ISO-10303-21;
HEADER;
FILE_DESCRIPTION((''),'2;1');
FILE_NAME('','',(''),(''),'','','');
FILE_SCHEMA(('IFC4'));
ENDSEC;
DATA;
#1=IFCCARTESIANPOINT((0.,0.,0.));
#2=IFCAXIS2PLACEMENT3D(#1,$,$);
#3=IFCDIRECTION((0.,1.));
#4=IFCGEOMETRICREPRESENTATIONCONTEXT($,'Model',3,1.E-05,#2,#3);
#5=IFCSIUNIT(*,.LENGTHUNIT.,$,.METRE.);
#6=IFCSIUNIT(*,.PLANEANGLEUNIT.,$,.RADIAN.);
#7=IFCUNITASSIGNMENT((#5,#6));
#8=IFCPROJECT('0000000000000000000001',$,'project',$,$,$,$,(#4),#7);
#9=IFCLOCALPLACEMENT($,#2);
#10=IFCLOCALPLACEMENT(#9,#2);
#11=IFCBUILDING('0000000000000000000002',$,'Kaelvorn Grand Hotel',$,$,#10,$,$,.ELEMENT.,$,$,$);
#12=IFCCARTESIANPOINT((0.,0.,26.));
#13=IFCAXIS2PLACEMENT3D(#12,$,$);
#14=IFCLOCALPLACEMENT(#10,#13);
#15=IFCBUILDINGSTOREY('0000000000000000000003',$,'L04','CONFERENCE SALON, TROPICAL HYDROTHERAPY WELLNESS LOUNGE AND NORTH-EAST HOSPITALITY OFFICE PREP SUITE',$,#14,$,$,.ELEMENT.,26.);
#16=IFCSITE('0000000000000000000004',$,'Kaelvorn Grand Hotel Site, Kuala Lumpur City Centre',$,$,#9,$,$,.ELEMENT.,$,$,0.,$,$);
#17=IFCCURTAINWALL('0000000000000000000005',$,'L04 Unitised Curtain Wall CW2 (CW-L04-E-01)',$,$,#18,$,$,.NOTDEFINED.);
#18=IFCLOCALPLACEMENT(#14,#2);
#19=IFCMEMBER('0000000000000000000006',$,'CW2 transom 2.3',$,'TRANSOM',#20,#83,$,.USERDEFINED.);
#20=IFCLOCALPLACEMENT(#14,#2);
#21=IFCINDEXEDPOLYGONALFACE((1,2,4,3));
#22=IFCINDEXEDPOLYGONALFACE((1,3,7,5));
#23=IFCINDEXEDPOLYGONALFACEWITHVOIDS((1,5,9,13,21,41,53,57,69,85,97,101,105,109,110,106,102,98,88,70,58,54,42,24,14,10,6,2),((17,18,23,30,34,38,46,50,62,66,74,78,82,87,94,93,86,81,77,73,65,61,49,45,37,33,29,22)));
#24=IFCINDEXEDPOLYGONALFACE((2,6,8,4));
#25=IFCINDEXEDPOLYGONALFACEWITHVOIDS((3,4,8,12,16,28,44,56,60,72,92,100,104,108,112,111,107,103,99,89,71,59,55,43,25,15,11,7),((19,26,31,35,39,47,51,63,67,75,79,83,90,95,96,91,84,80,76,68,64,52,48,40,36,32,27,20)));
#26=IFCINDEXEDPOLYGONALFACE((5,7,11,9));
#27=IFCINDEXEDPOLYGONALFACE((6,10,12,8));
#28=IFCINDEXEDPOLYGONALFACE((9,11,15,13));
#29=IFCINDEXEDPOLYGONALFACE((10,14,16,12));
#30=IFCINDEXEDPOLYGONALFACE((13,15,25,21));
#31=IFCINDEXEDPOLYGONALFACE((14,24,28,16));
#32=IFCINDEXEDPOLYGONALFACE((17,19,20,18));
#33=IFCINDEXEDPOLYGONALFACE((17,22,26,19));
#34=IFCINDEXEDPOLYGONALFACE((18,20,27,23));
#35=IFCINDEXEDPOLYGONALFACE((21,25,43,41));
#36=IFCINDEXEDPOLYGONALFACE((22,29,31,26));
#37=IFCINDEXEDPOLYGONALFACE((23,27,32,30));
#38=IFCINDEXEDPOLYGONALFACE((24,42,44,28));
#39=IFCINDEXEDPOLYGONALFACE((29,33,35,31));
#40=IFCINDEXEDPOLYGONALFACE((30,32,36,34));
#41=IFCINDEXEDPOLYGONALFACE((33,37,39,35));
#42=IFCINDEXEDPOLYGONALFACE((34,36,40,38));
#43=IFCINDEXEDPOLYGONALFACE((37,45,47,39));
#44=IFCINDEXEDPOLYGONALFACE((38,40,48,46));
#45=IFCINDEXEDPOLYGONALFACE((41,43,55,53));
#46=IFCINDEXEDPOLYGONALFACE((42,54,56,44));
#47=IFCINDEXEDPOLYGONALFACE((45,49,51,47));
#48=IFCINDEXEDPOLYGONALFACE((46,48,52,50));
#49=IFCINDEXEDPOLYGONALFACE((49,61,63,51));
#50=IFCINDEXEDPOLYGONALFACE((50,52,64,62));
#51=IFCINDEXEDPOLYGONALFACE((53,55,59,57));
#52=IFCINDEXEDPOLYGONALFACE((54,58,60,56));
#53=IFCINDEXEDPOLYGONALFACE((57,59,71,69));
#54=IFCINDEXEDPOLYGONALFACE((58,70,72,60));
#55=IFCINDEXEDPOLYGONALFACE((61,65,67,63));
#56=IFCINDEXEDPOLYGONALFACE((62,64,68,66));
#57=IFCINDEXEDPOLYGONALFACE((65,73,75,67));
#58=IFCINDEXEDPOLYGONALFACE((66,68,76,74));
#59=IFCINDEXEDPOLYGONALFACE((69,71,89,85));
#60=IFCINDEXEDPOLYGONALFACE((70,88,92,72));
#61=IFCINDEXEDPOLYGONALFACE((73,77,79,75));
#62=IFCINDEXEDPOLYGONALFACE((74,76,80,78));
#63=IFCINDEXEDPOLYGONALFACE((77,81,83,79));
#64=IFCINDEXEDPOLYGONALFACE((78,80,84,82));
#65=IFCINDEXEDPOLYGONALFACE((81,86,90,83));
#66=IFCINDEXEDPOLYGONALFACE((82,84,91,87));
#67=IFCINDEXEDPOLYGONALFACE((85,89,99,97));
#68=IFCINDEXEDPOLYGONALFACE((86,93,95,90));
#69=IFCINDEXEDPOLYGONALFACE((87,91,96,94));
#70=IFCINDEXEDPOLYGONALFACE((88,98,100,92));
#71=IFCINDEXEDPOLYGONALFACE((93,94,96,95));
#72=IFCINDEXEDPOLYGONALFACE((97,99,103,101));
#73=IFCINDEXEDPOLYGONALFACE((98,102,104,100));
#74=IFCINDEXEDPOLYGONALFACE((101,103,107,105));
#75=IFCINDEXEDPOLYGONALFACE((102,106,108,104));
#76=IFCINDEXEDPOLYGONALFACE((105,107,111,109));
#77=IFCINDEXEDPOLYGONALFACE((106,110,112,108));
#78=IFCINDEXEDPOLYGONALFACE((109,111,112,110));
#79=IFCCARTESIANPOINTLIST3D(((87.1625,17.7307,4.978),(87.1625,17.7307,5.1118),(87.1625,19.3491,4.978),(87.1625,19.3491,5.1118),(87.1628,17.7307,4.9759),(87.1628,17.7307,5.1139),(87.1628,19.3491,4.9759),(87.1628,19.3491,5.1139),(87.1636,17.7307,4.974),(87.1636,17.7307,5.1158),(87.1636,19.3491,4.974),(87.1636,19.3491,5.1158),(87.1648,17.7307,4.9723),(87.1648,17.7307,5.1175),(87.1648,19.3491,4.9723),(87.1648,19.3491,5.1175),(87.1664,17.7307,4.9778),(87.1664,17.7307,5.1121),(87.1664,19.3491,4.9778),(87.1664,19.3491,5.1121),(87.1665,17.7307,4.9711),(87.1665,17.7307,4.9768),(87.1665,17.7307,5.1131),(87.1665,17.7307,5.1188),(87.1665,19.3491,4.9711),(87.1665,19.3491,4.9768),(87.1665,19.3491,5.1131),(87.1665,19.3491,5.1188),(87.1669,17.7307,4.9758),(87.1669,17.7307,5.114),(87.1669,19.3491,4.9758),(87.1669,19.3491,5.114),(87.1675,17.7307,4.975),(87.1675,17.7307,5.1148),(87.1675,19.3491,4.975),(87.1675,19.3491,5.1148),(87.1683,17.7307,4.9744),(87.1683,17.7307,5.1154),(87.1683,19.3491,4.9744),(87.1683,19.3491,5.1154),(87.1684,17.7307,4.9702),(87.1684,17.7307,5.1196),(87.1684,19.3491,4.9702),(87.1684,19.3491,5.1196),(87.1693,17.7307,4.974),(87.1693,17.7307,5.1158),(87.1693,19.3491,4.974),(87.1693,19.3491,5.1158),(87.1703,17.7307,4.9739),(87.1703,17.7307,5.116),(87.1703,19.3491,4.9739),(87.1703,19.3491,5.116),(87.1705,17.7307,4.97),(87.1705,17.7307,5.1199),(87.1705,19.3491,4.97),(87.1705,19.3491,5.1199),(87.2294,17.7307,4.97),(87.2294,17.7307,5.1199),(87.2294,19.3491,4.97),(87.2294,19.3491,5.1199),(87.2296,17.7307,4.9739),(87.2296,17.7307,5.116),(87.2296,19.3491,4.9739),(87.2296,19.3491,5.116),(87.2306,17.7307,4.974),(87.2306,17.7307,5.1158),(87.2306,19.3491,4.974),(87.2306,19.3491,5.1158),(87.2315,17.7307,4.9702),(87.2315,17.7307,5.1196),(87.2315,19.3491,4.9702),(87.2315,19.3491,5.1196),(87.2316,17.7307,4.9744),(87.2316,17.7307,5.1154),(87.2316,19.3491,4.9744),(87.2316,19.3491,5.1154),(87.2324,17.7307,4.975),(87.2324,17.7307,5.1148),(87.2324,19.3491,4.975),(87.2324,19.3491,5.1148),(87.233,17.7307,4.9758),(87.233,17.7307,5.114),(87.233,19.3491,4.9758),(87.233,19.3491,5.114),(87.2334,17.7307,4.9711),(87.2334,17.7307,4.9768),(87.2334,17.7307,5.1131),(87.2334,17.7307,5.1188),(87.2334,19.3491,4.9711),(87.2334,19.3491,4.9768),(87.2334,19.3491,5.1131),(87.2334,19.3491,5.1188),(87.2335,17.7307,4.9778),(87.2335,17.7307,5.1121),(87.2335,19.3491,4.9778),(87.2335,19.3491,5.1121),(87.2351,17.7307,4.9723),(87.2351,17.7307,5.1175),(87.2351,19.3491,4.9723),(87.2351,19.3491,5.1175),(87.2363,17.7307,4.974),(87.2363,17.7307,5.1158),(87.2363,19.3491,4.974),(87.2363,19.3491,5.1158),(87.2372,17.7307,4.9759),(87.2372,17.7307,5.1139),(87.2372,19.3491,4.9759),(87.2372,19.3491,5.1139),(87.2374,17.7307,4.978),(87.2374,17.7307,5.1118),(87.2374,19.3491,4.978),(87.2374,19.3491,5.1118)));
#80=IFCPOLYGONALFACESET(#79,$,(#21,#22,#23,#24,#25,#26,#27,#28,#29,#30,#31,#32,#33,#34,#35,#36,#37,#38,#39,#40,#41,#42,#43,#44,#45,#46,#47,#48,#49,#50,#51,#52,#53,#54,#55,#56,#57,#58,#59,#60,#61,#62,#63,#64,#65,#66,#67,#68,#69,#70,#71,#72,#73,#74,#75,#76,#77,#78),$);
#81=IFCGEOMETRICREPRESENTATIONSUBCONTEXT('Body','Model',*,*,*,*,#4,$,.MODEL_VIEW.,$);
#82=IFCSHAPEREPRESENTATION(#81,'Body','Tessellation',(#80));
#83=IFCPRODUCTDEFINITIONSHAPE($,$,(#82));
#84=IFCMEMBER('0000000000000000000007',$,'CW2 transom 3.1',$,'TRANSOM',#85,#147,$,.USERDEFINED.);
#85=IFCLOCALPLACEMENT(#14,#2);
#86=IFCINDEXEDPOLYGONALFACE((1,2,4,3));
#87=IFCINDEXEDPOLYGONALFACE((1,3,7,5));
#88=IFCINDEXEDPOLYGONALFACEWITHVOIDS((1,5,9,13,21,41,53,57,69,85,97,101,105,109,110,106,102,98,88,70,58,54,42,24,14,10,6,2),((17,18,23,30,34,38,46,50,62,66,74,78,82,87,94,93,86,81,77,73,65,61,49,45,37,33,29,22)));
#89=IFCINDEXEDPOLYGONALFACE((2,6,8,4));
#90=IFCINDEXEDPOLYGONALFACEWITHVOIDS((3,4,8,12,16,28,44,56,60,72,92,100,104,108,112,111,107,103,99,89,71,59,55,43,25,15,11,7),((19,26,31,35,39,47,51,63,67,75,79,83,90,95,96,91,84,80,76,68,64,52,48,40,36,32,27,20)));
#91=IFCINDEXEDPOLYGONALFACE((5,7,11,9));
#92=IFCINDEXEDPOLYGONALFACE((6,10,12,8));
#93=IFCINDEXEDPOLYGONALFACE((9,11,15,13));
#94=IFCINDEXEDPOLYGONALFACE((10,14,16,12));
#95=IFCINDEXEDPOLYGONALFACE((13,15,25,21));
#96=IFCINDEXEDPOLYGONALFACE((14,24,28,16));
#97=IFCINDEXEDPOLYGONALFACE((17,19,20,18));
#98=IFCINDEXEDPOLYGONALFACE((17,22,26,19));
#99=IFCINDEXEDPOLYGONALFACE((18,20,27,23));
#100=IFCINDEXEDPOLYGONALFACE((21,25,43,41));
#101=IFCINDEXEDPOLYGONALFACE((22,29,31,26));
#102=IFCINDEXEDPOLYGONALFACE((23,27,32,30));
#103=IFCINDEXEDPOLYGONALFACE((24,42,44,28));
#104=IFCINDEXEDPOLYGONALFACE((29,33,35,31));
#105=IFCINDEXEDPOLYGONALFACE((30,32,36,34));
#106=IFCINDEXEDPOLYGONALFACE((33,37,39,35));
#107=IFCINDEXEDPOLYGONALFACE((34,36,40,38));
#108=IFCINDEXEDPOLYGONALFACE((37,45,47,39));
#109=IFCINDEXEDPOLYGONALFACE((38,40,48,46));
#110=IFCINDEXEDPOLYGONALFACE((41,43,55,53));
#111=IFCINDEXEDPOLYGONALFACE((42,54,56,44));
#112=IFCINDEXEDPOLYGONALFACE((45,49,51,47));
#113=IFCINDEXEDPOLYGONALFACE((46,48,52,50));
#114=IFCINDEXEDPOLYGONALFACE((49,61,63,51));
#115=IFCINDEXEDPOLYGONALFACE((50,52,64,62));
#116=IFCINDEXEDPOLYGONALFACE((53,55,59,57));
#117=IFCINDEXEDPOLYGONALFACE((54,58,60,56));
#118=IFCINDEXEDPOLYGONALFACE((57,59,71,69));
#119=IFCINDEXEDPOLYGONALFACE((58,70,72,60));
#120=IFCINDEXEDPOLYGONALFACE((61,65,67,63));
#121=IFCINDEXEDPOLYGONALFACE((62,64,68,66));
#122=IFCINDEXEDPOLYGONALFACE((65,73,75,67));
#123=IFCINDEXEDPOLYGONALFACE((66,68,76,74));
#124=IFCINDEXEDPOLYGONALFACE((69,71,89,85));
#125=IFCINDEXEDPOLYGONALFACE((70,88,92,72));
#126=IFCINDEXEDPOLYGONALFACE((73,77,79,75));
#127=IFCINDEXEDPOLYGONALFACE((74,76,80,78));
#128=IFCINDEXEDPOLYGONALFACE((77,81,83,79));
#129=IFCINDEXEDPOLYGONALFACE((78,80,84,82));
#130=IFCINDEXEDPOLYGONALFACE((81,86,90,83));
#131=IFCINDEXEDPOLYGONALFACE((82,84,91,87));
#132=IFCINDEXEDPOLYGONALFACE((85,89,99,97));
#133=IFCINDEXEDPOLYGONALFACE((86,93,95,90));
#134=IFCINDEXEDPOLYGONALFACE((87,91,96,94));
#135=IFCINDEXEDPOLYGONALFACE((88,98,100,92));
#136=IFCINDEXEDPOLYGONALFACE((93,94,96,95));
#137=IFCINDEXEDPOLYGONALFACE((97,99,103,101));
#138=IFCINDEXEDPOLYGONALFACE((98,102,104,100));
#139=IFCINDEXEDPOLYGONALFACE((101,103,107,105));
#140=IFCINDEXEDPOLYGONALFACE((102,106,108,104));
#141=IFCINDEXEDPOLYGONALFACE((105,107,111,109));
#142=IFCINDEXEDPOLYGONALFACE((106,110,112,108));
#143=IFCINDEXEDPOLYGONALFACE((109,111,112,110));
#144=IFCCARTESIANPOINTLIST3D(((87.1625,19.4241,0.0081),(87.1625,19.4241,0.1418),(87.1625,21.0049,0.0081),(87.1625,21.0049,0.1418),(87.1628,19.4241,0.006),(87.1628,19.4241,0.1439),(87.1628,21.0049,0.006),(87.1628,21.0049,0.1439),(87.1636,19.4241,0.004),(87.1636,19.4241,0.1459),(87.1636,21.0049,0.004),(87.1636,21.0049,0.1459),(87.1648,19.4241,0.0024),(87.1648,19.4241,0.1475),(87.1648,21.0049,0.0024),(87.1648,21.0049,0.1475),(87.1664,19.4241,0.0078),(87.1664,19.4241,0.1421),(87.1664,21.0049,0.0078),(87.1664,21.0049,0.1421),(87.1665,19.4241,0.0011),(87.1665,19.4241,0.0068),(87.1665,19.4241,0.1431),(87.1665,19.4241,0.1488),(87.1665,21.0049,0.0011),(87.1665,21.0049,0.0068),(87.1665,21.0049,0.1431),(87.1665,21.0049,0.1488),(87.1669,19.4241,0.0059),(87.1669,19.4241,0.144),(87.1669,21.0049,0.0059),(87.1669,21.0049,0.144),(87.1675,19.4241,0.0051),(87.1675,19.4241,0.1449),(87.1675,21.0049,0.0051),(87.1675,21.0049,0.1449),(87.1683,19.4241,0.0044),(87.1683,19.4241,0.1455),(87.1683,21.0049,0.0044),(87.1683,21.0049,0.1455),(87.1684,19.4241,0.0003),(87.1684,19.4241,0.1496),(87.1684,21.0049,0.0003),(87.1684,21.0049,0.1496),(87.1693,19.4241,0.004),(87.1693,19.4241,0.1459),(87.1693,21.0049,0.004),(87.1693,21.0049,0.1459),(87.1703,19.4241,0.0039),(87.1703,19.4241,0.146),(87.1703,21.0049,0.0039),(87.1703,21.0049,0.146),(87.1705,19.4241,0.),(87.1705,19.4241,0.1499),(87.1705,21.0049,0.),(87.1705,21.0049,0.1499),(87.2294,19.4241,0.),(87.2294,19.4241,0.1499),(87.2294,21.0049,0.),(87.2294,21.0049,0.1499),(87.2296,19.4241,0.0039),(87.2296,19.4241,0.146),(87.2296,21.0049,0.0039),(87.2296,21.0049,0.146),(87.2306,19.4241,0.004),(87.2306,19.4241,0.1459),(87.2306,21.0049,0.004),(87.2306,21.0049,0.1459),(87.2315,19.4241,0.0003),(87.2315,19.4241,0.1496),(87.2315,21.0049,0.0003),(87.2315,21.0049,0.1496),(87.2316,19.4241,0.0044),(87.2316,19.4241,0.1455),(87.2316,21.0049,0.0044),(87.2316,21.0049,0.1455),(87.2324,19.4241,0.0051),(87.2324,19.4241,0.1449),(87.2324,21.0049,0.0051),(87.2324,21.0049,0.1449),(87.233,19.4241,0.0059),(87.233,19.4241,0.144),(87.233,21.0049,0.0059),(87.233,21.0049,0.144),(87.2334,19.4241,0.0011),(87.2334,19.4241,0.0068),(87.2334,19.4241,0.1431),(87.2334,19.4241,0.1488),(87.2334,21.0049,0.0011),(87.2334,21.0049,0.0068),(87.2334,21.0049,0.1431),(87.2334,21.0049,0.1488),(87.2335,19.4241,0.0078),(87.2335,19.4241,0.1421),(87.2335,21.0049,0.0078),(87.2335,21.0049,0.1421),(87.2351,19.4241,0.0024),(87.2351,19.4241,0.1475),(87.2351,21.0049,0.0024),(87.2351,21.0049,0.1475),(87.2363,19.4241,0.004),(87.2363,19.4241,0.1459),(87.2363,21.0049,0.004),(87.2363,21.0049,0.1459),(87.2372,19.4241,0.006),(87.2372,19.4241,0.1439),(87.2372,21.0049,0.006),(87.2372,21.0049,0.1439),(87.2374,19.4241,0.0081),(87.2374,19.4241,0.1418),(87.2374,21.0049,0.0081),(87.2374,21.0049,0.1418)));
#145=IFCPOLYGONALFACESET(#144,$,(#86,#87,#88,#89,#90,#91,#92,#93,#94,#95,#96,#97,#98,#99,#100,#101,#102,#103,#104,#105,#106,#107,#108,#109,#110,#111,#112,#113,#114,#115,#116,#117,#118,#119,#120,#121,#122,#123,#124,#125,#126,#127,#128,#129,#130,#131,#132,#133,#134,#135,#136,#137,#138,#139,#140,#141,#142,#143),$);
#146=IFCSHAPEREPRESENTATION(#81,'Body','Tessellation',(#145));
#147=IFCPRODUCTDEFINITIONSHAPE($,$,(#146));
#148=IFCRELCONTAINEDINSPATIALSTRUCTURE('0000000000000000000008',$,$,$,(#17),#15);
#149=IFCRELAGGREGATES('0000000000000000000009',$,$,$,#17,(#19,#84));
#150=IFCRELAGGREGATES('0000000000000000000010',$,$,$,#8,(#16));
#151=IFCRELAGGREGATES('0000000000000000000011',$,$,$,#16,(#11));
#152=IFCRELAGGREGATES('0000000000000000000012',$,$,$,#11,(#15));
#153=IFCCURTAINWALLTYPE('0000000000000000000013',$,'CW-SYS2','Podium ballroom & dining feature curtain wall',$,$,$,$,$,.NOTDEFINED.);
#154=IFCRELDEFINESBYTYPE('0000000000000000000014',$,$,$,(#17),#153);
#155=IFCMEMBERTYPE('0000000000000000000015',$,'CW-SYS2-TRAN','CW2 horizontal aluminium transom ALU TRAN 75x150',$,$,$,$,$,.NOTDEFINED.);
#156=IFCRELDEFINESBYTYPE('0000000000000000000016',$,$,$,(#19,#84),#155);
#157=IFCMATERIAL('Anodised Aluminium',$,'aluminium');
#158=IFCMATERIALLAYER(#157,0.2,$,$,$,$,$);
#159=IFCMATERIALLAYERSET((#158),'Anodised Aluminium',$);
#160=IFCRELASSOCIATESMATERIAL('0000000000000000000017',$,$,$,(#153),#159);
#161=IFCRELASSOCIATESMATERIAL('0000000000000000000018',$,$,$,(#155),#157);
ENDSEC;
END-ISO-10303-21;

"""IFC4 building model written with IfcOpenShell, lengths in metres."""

from ifc_helpers import new_model, si_unit, direction, frame, origin, origin_2d, place, context, subcontext, project, spatial, hollow_rectangle, extrude, material, layer, layer_set, material_profile, profile_set, type_object, element, aggregate, save


model = new_model("IFC4")

# Units and contexts
model_context = context("Model", 3, precision=1e-05, world=origin(), true_north=direction((0.0, 1.0)))
body_context = subcontext(model_context, "Body", "Model", "MODEL_VIEW")
ifc_project = project(units=[si_unit("LENGTHUNIT", "METRE"), si_unit("PLANEANGLEUNIT", "RADIAN")], contexts=[model_context])

# Site, building, storey
site_placement = place(None, origin())
site = spatial("IfcSite", under=ifc_project, at=site_placement, Name="Kaelvorn Grand Hotel Site, Kuala Lumpur City Centre", CompositionType="ELEMENT", RefElevation=0.0)
building_placement = place(site_placement, origin())
building = spatial("IfcBuilding", under=site, at=building_placement, Name="Kaelvorn Grand Hotel", CompositionType="ELEMENT")
storey_placement = place(building_placement, frame((0.0, 0.0, 26.0)))
storey = spatial("IfcBuildingStorey", under=building, at=storey_placement, Name="L04", Description="CONFERENCE SALON, TROPICAL HYDROTHERAPY WELLNESS LOUNGE AND NORTH-EAST HOSPITALITY OFFICE PREP SUITE", CompositionType="ELEMENT", Elevation=26.0)

# Curtain wall, members
ifc_material_1 = material(Name="Anodised Aluminium", Category="aluminium")
ifc_layer_1 = layer(ifc_material_1, 0.2)
ifc_layer_set_1 = layer_set([ifc_layer_1], Name="Anodised Aluminium")
curtain_wall_type = type_object("IfcCurtainWallType", Name="CW-SYS2", Description="Podium ballroom & dining feature curtain wall", PredefinedType="NOTDEFINED", material=ifc_layer_set_1)
curtain_wall_placement = place(storey_placement, origin())
curtain_wall = element("IfcCurtainWall", 1, at=curtain_wall_placement, inside=storey, type_object=curtain_wall_type, Name="L04 Unitised Curtain Wall CW2 (CW-L04-E-01)", PredefinedType="NOTDEFINED")
ifc_material_profile_1 = material_profile(ifc_material_1, hollow_rectangle(XDim=0.075, YDim=0.1499, WallThickness=0.0039, InnerFilletRadius=0.0039, OuterFilletRadius=0.0081, at=origin_2d()), Name="ALU TRAN 75x150")
ifc_profile_set_1 = profile_set([ifc_material_profile_1], Name="Anodised Aluminium")
member_type_1 = type_object("IfcMemberType", Name="CW-SYS2-TRAN", Description="CW2 horizontal aluminium transom ALU TRAN 75x150", PredefinedType="NOTDEFINED", material=ifc_profile_set_1)
member_1_placement = place(storey_placement, frame((87.2, 17.7307, 5.0449), z_axis=(0.0, 1.0, 0.0), x_axis=(-1.0, 0.0, 0.0)))
member_1 = element("IfcMember", 2, at=member_1_placement, type_object=member_type_1, Name="CW2 transom 2.3", ObjectType="TRANSOM", PredefinedType="USERDEFINED", context=body_context, shape_type="SweptSolid", body=[
    extrude(hollow_rectangle(XDim=0.075, YDim=0.1499, WallThickness=0.0039, InnerFilletRadius=0.0039, OuterFilletRadius=0.0081, at=origin_2d()), origin(), (0.0, 0.0, 1.0), 1.6184),
])
member_2_placement = place(storey_placement, frame((87.2, 19.4241, 0.075), z_axis=(0.0, 1.0, 0.0), x_axis=(-1.0, 0.0, 0.0)))
member_2 = element("IfcMember", 3, at=member_2_placement, type_object=member_type_1, Name="CW2 transom 3.1", ObjectType="TRANSOM", PredefinedType="USERDEFINED", context=body_context, shape_type="SweptSolid", body=[
    extrude(hollow_rectangle(XDim=0.075, YDim=0.1499, WallThickness=0.0039, InnerFilletRadius=0.0039, OuterFilletRadius=0.0081, at=origin_2d()), origin(), (0.0, 0.0, 1.0), 1.5808),
])
aggregate(curtain_wall, [member_1, member_2])

save(model, "model.ifc")
